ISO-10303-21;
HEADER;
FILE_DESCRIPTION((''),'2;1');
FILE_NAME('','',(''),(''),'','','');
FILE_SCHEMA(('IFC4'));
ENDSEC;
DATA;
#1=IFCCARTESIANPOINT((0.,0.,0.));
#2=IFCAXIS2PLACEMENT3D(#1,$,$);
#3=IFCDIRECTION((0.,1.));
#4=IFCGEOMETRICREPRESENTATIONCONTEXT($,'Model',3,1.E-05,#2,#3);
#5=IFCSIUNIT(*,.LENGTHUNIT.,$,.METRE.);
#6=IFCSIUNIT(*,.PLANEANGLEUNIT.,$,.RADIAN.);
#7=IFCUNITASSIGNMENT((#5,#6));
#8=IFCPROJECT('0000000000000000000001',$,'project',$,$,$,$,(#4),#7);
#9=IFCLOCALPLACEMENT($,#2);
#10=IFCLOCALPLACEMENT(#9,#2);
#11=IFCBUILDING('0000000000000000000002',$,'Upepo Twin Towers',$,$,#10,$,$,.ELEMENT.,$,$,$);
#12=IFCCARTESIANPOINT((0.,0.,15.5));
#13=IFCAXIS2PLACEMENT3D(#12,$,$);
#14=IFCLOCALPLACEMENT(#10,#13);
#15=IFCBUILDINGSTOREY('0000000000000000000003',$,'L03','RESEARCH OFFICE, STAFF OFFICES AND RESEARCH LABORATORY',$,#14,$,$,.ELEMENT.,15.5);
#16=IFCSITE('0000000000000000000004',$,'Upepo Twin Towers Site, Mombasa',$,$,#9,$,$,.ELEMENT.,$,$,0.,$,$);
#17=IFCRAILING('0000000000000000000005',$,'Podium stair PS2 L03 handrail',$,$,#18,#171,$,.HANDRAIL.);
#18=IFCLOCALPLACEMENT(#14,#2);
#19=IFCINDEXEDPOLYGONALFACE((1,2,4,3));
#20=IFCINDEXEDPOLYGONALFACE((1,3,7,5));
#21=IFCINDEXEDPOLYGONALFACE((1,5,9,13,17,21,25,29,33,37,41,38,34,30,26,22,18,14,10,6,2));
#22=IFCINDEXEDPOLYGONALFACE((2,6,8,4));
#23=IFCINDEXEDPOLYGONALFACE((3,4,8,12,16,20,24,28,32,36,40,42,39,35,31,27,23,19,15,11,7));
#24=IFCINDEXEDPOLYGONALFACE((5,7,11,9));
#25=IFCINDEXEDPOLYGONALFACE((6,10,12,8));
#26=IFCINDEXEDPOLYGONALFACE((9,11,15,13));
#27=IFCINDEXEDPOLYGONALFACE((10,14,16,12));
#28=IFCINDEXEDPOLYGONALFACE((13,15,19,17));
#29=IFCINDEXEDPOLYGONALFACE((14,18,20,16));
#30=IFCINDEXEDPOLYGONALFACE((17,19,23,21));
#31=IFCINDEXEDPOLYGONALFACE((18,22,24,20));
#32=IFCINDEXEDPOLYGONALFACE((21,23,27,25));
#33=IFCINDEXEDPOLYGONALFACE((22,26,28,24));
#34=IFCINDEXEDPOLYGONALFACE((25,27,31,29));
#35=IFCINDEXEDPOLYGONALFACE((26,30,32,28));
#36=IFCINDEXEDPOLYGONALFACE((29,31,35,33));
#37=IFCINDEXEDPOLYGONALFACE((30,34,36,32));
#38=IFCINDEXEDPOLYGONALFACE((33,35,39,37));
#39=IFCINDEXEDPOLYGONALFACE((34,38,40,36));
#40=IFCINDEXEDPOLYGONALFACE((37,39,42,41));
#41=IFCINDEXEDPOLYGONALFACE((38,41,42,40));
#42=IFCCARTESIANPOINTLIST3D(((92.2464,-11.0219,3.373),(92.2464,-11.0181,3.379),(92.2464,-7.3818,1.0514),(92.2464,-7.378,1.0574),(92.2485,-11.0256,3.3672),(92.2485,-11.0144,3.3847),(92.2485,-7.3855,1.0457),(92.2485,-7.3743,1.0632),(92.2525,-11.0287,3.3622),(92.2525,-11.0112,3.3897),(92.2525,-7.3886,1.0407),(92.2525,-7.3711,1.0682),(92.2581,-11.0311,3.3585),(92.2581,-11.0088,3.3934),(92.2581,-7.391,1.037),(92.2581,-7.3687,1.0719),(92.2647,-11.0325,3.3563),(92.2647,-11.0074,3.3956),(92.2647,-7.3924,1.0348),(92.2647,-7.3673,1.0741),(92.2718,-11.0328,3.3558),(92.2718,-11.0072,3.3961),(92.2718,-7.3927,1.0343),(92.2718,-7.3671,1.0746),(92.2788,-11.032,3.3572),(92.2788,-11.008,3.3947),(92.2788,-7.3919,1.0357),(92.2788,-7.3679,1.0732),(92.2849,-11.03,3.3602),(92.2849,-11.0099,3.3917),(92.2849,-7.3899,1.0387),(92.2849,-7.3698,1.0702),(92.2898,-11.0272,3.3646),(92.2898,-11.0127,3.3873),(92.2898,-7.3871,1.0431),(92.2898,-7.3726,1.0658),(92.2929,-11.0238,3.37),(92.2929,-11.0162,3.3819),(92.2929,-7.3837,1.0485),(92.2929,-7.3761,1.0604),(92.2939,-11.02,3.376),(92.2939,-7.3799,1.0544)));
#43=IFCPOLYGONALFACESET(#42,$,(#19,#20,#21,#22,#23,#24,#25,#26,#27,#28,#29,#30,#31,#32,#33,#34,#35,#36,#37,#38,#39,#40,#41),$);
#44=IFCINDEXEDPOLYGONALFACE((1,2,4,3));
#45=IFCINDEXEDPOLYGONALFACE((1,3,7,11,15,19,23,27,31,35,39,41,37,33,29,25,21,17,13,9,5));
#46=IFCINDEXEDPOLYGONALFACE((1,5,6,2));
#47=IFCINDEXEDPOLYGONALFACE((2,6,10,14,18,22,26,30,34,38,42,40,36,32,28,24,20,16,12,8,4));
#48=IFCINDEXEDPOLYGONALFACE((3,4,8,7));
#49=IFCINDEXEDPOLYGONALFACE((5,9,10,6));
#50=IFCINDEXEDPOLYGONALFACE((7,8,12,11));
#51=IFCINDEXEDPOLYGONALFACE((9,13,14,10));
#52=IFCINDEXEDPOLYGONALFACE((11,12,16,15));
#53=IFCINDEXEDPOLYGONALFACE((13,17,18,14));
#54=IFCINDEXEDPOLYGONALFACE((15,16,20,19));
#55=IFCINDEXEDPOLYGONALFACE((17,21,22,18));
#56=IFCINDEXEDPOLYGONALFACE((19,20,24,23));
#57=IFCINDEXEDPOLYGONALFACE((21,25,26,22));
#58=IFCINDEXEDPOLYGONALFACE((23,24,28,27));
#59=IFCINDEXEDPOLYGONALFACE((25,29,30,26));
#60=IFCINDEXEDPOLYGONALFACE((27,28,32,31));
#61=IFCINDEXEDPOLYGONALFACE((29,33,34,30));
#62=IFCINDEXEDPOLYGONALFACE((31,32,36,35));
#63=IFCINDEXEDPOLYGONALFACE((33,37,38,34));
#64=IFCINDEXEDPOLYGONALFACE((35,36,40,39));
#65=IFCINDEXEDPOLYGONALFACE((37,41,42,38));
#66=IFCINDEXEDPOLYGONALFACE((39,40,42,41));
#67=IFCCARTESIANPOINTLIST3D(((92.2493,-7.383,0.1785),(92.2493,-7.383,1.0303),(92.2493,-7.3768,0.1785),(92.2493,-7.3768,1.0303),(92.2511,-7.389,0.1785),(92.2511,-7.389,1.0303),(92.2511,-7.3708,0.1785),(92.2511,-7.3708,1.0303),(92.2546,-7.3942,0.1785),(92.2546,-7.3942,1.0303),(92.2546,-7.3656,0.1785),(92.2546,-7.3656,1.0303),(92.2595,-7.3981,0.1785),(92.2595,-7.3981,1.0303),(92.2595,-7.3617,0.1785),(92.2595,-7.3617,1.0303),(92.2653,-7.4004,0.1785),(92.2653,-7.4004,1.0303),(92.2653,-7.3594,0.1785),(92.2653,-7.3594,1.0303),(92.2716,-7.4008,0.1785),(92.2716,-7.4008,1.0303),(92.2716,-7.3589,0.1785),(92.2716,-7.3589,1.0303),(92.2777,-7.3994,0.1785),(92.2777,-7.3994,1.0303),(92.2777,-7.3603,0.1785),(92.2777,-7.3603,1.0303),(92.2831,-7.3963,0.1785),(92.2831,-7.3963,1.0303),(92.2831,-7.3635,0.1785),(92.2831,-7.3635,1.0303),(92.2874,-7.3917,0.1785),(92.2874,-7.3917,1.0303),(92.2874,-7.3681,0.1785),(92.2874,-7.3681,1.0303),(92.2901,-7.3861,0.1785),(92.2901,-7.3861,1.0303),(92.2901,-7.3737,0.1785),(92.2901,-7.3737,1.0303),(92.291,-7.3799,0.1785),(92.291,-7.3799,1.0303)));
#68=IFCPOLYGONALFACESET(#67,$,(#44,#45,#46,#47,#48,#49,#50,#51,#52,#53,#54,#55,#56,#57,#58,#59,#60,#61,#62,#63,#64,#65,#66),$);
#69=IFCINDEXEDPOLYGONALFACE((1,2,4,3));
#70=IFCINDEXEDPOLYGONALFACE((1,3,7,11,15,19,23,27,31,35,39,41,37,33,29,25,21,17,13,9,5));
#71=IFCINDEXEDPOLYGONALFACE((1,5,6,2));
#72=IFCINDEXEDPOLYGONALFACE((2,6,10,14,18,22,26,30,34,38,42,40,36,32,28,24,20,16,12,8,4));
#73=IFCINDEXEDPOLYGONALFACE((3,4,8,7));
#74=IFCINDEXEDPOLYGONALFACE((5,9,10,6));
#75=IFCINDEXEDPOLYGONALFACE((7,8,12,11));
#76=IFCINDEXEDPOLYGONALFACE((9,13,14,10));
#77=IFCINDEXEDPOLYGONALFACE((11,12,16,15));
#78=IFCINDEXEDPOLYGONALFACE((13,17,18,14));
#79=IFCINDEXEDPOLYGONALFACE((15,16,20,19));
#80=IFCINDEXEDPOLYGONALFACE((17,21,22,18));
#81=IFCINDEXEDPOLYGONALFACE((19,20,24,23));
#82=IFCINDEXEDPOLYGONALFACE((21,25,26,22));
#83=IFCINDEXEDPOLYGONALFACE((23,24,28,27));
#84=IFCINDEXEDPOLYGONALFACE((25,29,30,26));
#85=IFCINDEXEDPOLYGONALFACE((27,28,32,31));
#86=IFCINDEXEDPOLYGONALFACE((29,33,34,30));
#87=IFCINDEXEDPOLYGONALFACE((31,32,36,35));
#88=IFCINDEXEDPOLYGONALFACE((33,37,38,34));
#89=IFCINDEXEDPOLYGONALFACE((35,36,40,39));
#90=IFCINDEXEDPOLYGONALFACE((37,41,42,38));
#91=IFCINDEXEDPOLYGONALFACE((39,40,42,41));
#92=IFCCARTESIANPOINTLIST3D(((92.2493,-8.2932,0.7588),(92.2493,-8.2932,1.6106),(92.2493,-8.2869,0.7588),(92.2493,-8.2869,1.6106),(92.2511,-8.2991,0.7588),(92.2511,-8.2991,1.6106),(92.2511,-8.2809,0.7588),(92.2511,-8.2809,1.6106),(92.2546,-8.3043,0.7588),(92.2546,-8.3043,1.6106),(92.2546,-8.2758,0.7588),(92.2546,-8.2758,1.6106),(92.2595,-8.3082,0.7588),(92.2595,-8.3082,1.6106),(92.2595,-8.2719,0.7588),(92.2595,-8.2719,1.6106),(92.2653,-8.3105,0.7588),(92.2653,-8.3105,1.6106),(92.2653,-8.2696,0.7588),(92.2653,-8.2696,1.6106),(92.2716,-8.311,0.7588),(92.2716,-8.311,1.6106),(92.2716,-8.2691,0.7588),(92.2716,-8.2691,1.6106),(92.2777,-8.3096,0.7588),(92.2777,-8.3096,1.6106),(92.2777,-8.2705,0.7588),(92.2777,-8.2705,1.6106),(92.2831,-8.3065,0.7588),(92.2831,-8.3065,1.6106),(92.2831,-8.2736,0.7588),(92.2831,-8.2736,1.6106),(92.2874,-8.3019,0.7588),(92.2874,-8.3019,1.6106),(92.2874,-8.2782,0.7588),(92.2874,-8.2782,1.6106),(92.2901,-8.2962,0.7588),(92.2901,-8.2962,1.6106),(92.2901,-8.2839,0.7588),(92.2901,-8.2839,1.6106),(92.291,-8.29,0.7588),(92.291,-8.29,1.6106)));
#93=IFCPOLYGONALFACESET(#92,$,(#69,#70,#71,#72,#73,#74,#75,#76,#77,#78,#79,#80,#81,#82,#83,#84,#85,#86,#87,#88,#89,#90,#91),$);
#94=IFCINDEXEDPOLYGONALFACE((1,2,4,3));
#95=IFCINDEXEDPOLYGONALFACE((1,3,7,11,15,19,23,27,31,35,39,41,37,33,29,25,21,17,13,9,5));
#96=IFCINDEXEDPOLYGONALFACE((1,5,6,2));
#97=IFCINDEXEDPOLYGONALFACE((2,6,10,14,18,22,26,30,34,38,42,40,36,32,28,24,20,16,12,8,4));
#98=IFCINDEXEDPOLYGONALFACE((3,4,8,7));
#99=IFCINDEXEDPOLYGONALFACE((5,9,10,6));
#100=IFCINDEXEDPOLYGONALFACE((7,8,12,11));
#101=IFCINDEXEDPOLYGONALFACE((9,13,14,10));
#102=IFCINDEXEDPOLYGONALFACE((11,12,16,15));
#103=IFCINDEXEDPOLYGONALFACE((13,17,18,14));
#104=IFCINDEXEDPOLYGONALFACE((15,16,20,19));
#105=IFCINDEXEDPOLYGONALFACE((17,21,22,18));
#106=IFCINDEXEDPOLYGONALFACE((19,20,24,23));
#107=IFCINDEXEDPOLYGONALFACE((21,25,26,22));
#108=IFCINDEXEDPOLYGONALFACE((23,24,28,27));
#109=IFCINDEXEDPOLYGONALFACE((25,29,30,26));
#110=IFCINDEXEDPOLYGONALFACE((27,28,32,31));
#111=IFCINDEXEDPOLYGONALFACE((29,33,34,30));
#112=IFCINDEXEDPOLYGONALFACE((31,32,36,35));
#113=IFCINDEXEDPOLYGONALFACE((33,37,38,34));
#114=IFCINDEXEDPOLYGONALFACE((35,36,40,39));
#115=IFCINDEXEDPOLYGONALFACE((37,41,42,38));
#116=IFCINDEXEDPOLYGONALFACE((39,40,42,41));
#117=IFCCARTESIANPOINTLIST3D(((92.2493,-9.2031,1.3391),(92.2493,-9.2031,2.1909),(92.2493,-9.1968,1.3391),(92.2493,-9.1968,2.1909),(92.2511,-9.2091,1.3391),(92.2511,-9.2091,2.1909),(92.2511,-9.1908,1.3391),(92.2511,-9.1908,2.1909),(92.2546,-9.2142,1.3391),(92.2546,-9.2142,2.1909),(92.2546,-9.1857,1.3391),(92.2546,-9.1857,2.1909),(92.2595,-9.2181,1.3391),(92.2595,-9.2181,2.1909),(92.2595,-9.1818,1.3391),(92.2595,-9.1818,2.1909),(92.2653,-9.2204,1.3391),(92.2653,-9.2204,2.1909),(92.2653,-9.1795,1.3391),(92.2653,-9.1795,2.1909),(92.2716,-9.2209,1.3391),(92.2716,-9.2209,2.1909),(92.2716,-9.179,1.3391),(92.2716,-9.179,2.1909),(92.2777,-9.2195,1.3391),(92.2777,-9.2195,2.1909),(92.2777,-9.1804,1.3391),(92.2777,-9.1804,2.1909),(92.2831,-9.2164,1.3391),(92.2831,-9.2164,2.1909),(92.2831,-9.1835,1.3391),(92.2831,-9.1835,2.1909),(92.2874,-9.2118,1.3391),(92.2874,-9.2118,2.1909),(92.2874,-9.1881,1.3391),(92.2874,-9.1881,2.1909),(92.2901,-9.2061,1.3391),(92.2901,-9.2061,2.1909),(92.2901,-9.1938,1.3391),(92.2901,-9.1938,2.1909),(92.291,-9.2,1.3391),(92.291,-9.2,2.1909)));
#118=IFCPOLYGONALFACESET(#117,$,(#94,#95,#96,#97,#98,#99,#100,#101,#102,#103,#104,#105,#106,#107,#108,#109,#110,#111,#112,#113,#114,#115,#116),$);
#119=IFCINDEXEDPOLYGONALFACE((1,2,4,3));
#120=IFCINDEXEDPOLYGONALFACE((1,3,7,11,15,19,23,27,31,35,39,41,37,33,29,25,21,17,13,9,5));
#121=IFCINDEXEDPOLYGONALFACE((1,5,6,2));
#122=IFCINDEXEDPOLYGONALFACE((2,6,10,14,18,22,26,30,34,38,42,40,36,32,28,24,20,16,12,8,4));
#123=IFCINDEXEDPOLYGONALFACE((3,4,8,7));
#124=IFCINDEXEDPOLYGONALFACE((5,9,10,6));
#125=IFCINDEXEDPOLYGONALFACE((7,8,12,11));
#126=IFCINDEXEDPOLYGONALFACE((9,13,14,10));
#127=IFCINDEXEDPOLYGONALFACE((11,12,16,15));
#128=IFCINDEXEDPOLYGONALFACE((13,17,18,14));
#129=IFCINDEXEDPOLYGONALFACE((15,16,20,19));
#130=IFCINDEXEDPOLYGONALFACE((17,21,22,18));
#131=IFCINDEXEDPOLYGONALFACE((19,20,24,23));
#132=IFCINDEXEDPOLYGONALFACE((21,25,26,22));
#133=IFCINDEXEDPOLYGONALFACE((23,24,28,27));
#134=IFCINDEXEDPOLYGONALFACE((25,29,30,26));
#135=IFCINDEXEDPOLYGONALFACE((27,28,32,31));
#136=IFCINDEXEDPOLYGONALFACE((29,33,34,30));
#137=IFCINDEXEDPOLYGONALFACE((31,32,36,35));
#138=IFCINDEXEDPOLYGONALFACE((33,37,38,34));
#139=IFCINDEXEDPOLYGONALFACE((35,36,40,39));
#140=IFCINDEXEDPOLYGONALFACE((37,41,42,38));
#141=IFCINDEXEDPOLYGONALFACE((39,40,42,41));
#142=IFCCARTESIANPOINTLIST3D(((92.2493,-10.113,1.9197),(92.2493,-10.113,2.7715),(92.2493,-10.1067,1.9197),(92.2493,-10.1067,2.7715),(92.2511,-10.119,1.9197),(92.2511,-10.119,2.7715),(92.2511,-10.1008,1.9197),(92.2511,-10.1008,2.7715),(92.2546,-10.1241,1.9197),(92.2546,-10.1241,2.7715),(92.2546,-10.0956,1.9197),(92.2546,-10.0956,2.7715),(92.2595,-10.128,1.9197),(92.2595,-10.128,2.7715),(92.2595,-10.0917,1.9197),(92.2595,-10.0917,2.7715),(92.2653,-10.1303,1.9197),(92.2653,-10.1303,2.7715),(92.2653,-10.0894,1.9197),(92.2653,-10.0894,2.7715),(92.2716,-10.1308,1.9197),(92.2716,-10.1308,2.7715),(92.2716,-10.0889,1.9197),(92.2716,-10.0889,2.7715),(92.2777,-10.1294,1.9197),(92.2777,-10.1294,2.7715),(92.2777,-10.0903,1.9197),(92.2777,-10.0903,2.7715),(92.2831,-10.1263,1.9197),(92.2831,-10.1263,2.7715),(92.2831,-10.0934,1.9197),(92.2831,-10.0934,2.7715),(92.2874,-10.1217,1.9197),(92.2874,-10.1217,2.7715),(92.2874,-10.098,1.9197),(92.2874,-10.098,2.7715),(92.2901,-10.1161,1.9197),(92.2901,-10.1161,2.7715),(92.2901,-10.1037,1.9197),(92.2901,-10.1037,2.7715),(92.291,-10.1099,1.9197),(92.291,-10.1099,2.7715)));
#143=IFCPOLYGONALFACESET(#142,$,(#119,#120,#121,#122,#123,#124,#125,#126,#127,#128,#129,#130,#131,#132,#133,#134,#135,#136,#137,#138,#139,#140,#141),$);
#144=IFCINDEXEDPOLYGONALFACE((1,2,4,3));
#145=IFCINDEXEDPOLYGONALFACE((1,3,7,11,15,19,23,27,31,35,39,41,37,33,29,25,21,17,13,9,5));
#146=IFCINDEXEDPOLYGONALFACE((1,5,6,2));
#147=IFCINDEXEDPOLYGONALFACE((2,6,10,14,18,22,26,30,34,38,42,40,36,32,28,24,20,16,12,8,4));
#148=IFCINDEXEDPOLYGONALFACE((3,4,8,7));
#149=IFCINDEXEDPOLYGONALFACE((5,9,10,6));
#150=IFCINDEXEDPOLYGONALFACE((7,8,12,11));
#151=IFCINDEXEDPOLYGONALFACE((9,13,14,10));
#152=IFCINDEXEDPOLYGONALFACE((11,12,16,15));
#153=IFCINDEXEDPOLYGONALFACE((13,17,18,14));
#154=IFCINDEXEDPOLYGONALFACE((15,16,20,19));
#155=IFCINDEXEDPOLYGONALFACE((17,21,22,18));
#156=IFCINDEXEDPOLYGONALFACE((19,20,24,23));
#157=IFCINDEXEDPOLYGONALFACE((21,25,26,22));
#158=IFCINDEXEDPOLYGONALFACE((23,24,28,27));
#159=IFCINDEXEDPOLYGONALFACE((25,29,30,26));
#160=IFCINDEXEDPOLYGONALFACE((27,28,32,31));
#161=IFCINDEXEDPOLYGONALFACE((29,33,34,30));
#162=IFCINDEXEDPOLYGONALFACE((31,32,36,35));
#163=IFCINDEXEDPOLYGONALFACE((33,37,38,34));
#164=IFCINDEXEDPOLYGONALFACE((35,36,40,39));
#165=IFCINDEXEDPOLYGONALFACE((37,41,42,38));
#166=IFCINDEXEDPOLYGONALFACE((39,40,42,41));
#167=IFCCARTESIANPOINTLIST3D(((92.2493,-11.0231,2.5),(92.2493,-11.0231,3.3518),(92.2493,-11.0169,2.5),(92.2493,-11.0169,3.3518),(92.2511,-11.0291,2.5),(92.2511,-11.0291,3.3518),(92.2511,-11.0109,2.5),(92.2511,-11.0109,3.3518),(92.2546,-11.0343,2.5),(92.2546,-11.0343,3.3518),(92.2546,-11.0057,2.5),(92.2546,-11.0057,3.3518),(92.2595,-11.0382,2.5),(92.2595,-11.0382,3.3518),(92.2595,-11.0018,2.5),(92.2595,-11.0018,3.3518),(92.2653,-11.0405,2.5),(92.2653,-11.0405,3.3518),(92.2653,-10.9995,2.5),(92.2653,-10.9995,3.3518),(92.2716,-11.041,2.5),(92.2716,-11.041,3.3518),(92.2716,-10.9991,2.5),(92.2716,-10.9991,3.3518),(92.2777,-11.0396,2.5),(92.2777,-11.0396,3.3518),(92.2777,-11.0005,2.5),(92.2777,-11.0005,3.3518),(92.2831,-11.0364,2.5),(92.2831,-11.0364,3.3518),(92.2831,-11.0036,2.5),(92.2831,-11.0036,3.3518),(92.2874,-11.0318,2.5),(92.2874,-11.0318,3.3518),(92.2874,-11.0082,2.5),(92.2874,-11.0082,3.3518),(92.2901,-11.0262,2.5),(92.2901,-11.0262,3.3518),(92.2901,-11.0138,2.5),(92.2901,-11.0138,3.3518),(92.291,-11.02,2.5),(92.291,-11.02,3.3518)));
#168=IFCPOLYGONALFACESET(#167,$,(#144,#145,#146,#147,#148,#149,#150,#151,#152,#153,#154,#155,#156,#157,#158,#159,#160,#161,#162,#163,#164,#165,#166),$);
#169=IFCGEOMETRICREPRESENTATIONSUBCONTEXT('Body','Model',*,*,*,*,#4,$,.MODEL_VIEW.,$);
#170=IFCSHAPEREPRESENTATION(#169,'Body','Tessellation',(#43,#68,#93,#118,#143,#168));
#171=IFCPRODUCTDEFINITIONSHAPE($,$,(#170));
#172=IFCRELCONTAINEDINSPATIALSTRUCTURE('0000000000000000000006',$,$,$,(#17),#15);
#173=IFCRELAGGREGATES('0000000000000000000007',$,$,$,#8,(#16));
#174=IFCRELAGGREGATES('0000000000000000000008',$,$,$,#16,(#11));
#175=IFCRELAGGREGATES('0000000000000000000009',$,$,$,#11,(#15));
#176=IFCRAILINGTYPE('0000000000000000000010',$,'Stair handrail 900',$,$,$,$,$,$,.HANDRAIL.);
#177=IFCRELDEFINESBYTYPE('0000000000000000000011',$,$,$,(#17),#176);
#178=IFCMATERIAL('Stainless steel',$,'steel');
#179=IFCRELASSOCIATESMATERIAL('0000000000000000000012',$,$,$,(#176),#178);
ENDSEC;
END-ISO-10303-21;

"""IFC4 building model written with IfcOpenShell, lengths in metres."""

from ifc_helpers import new_model, si_unit, direction, frame, origin, origin_2d, place, context, subcontext, project, spatial, circle, extrude, material, type_object, element, save


model = new_model("IFC4")

# Units and contexts
model_context = context("Model", 3, precision=1e-05, world=origin(), true_north=direction((0.0, 1.0)))
body_context = subcontext(model_context, "Body", "Model", "MODEL_VIEW")
ifc_project = project(units=[si_unit("LENGTHUNIT", "METRE"), si_unit("PLANEANGLEUNIT", "RADIAN")], contexts=[model_context])

# Site, building, storey
site_placement = place(None, origin())
site = spatial("IfcSite", under=ifc_project, at=site_placement, Name="Upepo Twin Towers Site, Mombasa", CompositionType="ELEMENT", RefElevation=0.0)
building_placement = place(site_placement, origin())
building = spatial("IfcBuilding", under=site, at=building_placement, Name="Upepo Twin Towers", CompositionType="ELEMENT")
storey_placement = place(building_placement, frame((0.0, 0.0, 15.5)))
storey = spatial("IfcBuildingStorey", under=building, at=storey_placement, Name="L03", Description="RESEARCH OFFICE, STAFF OFFICES AND RESEARCH LABORATORY", CompositionType="ELEMENT", Elevation=15.5)

# Railing
ifc_material_1 = material(Name="Stainless steel", Category="steel")
railing_type = type_object("IfcRailingType", Name="Stair handrail 900", PredefinedType="HANDRAIL", material=ifc_material_1)
railing_placement = place(storey_placement, frame((92.27, -7.3799, 0.1785)))
element("IfcRailing", 1, at=railing_placement, inside=storey, type_object=railing_type, Name="Podium stair PS2 L03 handrail", PredefinedType="HANDRAIL", context=body_context, shape_type="SweptSolid", body=[
    extrude(circle(Radius=0.0239, at=origin_2d()), frame((0.0, 0.0, 0.876), z_axis=(0.0, -0.843128, 0.537713), x_axis=(1.0, 0.0, 0.0)), (0.0, 0.0, 1.0), 4.3174),
    extrude(circle(Radius=0.021, at=origin_2d()), origin(), (0.0, 0.0, 1.0), 0.8518),
    extrude(circle(Radius=0.021, at=origin_2d()), frame((0.0, -0.9102, 0.5803)), (0.0, 0.0, 1.0), 0.8518),
    extrude(circle(Radius=0.021, at=origin_2d()), frame((0.0, -1.8201, 1.1606)), (0.0, 0.0, 1.0), 0.8518),
    extrude(circle(Radius=0.021, at=origin_2d()), frame((0.0, -2.73, 1.7412)), (0.0, 0.0, 1.0), 0.8518),
    extrude(circle(Radius=0.021, at=origin_2d()), frame((0.0, -3.6401, 2.3215)), (0.0, 0.0, 1.0), 0.8518),
])

save(model, "model.ifc")
